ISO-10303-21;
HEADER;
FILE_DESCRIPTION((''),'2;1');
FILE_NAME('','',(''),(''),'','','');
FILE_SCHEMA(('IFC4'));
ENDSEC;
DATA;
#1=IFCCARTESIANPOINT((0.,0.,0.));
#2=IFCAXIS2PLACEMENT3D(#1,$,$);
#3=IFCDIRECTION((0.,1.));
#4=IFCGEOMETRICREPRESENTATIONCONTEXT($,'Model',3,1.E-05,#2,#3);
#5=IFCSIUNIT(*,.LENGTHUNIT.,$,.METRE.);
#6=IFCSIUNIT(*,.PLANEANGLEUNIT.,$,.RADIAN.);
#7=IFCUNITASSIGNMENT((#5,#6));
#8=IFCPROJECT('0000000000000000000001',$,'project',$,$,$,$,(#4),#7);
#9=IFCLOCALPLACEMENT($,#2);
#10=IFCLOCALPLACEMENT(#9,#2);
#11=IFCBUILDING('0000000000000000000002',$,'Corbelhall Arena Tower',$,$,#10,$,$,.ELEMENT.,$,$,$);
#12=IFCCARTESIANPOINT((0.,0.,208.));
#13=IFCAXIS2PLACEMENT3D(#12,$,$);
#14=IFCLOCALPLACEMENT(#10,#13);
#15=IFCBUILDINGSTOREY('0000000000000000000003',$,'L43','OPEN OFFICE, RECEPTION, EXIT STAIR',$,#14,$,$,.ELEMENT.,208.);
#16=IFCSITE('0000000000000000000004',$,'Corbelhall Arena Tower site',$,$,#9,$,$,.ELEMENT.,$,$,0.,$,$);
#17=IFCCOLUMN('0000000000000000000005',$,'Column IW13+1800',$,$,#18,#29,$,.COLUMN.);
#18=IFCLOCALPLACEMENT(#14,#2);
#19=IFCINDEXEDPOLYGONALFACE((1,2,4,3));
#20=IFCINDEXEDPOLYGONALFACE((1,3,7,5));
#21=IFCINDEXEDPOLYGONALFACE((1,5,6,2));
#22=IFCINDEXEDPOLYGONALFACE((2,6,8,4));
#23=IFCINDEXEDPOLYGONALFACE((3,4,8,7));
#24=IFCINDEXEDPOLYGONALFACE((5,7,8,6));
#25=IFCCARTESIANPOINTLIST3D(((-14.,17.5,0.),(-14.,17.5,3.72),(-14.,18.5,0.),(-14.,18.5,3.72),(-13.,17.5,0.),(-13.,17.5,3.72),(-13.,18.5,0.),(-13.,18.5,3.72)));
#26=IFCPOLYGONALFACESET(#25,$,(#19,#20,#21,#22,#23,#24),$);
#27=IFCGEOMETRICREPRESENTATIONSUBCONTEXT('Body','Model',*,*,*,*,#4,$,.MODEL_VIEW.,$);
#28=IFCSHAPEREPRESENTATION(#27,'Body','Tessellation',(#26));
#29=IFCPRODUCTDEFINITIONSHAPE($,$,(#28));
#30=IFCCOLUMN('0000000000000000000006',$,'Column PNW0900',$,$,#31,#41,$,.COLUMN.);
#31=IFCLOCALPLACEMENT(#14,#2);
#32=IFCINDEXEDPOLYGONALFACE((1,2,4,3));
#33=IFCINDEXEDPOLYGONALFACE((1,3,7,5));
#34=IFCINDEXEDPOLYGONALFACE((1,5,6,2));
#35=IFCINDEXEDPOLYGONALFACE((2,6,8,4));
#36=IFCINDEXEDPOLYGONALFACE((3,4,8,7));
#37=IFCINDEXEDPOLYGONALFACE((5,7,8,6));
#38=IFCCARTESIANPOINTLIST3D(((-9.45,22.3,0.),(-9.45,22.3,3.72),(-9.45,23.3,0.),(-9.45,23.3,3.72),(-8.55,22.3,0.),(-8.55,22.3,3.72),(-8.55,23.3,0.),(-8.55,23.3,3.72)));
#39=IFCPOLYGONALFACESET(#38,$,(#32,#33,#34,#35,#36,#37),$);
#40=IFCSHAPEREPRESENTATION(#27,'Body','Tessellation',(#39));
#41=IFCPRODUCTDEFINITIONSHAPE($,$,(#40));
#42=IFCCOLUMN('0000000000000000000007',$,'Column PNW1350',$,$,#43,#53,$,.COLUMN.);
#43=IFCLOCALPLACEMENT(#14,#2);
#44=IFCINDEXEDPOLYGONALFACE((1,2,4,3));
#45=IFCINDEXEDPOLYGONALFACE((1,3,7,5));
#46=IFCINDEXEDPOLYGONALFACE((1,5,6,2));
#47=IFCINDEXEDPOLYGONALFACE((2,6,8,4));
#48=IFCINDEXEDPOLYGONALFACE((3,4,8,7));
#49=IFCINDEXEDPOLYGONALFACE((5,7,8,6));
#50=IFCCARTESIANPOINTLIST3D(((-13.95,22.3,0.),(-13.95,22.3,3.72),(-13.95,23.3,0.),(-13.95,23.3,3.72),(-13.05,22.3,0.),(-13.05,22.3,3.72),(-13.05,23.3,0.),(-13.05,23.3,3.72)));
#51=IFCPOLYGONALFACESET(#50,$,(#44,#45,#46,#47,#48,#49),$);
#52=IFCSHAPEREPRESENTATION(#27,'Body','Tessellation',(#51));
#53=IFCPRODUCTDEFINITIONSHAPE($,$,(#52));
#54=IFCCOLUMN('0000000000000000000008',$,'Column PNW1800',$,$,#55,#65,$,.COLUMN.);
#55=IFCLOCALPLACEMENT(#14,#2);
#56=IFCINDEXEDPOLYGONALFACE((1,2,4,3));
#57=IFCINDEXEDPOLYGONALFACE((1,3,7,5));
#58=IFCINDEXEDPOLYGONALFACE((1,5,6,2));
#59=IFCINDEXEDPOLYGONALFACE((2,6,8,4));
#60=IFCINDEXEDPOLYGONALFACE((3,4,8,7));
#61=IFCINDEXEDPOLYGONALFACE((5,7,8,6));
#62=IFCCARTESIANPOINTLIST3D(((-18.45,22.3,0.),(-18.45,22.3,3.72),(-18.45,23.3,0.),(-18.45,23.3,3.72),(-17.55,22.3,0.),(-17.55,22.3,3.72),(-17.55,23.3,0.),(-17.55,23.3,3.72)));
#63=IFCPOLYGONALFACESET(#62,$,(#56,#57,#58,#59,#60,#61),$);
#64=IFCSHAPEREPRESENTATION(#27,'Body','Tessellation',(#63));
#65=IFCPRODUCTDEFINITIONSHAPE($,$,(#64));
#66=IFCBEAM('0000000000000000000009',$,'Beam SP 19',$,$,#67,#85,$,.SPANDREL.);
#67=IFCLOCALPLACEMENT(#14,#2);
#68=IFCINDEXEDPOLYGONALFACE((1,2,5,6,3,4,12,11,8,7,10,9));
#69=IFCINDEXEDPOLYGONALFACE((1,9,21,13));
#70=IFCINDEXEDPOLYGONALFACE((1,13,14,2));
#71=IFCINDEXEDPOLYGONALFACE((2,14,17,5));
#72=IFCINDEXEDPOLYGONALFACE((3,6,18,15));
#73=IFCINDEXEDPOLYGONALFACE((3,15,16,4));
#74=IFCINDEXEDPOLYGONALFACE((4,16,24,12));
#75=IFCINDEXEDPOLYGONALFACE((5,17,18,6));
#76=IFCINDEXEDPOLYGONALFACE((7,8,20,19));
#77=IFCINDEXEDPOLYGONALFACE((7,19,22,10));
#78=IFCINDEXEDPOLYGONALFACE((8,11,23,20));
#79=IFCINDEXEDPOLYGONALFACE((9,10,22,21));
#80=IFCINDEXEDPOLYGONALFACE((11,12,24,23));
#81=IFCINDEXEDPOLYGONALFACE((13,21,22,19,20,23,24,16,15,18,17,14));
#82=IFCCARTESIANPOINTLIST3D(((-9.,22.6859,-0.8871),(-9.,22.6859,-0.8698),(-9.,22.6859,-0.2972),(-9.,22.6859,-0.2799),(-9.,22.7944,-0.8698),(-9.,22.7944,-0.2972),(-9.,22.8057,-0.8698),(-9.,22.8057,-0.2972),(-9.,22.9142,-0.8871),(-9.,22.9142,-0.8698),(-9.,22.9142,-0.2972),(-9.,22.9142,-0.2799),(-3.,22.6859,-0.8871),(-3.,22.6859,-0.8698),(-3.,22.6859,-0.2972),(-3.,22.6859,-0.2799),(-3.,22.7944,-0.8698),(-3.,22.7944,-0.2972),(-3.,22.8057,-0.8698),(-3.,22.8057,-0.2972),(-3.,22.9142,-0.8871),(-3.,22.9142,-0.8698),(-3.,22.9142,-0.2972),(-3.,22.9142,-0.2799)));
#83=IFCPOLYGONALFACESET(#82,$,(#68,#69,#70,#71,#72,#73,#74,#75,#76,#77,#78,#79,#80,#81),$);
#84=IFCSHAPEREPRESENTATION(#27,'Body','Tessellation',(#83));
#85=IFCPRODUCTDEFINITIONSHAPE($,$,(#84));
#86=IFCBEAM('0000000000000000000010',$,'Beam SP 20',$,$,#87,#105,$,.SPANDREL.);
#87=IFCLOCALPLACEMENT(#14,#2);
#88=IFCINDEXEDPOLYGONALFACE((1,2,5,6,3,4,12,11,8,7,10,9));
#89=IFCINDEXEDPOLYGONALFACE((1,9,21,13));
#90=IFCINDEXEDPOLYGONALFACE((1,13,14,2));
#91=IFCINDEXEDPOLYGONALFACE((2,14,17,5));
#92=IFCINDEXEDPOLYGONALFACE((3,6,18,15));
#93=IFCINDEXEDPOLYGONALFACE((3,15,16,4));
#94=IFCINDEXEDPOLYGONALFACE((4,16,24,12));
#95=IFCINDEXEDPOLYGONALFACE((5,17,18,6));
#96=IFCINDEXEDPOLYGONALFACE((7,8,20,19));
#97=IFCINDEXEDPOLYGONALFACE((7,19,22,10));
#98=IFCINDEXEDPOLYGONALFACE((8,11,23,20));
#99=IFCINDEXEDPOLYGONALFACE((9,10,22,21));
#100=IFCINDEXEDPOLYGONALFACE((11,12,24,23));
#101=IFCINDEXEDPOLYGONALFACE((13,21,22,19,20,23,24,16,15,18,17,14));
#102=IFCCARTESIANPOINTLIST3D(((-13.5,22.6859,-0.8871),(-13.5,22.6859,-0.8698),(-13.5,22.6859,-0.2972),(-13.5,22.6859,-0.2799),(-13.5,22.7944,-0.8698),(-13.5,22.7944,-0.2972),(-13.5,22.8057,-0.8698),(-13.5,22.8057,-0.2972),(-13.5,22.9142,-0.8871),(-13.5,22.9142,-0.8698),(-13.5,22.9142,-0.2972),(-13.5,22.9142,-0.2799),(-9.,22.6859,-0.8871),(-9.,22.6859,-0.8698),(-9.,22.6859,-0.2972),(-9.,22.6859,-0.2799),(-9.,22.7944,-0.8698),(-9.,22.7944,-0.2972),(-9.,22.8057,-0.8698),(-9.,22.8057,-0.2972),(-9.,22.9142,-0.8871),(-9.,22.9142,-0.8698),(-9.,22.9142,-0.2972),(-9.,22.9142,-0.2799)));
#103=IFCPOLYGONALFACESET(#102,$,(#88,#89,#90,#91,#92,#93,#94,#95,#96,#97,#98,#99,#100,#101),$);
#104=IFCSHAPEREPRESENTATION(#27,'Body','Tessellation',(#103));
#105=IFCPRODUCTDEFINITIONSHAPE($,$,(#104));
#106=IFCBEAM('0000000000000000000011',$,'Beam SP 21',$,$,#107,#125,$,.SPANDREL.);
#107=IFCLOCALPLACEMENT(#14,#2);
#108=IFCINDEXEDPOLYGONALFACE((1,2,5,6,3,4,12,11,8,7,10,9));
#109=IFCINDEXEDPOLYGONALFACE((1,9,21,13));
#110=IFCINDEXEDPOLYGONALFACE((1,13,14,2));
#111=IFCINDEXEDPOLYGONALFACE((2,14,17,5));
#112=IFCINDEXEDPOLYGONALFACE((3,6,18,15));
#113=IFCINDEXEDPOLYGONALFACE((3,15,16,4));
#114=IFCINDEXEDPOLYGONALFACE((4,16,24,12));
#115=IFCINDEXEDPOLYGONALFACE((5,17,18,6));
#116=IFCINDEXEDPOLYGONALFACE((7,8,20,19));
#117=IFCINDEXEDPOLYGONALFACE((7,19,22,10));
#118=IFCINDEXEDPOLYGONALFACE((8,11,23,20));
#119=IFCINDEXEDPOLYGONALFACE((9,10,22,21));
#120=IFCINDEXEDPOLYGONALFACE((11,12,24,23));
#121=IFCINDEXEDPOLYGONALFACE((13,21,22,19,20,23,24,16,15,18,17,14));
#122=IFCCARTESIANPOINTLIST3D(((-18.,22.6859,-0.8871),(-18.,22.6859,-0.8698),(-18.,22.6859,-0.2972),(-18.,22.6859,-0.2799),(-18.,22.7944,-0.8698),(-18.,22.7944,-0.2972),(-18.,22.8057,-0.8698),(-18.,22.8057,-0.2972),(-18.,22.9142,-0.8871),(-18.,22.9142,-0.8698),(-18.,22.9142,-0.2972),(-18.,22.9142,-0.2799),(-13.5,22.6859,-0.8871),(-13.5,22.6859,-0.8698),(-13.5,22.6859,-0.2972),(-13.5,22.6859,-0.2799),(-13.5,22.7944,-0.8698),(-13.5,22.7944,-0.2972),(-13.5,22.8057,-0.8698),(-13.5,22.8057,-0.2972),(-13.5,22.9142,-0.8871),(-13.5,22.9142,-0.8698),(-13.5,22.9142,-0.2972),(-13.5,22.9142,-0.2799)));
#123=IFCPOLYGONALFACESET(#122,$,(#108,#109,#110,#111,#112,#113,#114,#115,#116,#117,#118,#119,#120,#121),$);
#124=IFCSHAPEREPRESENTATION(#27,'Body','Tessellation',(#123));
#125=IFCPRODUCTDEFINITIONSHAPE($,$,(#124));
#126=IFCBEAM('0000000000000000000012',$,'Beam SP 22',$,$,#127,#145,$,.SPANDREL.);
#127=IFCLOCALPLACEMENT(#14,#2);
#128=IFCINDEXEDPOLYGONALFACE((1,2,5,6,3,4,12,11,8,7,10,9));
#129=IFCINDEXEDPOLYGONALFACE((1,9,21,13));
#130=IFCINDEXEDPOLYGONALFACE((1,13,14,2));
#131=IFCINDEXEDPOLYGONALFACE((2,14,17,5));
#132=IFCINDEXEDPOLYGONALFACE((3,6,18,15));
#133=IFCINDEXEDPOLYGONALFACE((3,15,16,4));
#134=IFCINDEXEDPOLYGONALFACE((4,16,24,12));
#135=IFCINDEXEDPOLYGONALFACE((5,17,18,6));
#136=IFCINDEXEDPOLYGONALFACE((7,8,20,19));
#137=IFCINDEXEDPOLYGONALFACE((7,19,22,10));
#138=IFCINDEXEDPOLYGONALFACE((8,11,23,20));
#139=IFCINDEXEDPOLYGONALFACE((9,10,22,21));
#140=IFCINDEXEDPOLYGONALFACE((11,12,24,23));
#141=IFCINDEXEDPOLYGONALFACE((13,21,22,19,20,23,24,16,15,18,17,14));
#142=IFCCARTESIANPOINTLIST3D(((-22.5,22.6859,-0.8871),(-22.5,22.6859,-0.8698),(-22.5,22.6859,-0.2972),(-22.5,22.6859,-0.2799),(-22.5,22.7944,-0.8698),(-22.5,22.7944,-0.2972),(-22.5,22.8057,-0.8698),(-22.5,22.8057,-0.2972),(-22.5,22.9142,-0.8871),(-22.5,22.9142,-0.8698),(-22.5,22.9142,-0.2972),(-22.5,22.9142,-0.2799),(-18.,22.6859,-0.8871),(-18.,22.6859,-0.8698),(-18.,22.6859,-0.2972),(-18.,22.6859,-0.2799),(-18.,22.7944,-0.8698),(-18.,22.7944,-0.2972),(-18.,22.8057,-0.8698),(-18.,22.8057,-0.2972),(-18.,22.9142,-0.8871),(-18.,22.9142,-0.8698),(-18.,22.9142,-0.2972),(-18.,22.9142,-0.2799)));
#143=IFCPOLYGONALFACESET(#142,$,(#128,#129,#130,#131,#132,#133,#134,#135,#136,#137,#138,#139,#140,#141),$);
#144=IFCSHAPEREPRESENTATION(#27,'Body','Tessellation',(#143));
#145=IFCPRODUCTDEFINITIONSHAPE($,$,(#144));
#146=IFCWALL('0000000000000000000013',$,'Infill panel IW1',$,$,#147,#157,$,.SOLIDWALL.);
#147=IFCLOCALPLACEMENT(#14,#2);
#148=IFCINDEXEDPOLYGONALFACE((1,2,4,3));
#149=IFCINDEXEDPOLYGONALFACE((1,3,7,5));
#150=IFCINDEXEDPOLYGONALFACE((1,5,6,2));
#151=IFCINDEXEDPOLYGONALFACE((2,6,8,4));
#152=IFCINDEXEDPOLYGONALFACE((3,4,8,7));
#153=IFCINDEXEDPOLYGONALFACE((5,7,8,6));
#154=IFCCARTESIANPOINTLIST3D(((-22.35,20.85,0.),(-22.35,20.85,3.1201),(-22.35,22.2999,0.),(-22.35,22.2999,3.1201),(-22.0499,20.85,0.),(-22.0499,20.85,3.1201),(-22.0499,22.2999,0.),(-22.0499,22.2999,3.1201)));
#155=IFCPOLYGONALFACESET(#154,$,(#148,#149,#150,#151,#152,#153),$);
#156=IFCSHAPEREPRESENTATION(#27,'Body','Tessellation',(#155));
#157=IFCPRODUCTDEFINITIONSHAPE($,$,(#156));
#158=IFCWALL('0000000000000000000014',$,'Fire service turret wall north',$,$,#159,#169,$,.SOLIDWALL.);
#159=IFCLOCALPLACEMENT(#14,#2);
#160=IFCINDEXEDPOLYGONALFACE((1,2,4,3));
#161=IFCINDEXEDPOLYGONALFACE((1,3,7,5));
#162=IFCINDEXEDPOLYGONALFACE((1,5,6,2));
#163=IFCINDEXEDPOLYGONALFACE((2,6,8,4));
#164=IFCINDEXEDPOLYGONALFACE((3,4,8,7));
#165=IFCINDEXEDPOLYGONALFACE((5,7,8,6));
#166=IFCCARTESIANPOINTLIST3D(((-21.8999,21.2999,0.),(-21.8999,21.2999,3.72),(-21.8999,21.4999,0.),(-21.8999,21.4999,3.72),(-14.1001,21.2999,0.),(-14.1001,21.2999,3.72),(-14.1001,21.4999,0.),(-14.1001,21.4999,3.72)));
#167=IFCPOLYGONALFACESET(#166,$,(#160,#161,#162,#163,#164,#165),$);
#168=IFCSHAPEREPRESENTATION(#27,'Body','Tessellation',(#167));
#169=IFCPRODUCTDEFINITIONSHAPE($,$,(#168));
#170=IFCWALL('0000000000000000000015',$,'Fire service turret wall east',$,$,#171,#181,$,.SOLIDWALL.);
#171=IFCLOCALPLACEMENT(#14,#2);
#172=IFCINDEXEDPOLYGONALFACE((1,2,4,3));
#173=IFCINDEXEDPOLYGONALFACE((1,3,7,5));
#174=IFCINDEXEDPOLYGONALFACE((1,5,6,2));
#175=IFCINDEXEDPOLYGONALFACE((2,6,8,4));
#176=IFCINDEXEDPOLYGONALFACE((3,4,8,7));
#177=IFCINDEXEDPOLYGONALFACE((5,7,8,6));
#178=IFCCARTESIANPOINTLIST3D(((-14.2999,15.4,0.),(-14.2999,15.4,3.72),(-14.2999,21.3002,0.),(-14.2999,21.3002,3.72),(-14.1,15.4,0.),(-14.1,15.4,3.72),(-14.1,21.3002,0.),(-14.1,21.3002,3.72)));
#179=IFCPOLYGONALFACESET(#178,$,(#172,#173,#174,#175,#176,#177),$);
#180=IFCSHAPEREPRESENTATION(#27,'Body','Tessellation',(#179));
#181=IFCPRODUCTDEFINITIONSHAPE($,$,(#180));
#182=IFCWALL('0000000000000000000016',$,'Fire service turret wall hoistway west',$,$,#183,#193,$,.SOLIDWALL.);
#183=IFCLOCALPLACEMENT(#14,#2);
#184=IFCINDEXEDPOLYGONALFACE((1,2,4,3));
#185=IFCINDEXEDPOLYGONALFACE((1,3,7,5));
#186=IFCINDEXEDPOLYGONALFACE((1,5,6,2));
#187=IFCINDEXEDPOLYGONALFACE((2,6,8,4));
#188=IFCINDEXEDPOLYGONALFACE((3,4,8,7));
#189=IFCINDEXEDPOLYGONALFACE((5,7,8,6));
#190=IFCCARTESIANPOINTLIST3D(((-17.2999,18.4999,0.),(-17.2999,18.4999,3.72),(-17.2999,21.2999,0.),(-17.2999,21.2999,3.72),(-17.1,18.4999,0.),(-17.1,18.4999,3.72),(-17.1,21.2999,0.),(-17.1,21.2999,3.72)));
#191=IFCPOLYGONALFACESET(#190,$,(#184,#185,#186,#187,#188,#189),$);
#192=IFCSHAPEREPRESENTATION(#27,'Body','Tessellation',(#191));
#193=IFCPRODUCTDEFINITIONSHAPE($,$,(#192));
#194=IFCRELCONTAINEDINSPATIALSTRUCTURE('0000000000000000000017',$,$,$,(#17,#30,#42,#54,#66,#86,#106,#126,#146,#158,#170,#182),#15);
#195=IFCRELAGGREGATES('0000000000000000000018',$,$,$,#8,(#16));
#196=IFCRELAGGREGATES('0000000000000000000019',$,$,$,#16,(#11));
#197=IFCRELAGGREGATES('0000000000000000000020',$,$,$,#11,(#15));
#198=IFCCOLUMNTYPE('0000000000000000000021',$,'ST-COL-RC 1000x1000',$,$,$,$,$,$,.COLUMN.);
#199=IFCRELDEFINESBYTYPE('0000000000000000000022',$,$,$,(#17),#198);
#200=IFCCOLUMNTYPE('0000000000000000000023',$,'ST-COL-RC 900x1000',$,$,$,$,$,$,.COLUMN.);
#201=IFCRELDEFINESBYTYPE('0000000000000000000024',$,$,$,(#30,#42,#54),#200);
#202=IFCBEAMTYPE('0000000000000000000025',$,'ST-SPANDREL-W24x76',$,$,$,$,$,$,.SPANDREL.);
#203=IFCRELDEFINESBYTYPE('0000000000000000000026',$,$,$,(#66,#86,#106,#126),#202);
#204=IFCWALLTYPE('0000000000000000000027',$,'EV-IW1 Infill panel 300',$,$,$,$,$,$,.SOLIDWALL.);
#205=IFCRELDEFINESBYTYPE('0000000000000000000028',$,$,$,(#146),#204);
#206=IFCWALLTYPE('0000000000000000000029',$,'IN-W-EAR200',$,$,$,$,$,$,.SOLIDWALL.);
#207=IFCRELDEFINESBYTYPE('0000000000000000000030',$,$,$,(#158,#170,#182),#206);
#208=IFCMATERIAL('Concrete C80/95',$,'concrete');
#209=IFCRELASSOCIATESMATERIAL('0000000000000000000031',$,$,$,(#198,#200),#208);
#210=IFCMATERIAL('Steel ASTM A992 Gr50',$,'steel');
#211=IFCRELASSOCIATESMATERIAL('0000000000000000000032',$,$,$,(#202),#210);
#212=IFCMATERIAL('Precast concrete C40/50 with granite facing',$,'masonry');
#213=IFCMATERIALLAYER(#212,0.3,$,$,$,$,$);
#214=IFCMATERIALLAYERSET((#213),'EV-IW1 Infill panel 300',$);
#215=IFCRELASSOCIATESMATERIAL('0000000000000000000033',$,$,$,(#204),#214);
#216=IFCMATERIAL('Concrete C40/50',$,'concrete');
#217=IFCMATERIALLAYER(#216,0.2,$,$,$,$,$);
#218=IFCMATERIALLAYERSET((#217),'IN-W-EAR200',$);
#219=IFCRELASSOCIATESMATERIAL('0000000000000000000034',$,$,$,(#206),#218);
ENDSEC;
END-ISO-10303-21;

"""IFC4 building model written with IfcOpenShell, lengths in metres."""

from ifc_helpers import new_model, si_unit, direction, frame, frame_2d, origin, origin_2d, place, context, subcontext, project, spatial, rectangle, i_section, extrude, material, layer, layer_set, material_profile, profile_set, type_object, element, save


model = new_model("IFC4")

# Units and contexts
model_context = context("Model", 3, precision=1e-05, world=origin(), true_north=direction((0.0, 1.0)))
body_context = subcontext(model_context, "Body", "Model", "MODEL_VIEW")
ifc_project = project(units=[si_unit("LENGTHUNIT", "METRE"), si_unit("PLANEANGLEUNIT", "RADIAN")], contexts=[model_context])

# Site, building, storey
site_placement = place(None, origin())
site = spatial("IfcSite", under=ifc_project, at=site_placement, Name="Corbelhall Arena Tower site", CompositionType="ELEMENT", RefElevation=0.0)
building_placement = place(site_placement, origin())
building = spatial("IfcBuilding", under=site, at=building_placement, Name="Corbelhall Arena Tower", CompositionType="ELEMENT")
storey_placement = place(building_placement, frame((0.0, 0.0, 208.0)))
storey = spatial("IfcBuildingStorey", under=building, at=storey_placement, Name="L43", Description="OPEN OFFICE, RECEPTION, EXIT STAIR", CompositionType="ELEMENT", Elevation=208.0)

# Columns
ifc_material_1 = material(Name="Concrete C80/95", Category="concrete")
ifc_material_profile_1 = material_profile(ifc_material_1, rectangle(XDim=1.0, YDim=1.0, at=origin_2d()))
ifc_profile_set_1 = profile_set([ifc_material_profile_1], Name="Concrete C80/95")
column_type_1 = type_object("IfcColumnType", Name="ST-COL-RC 1000x1000", PredefinedType="COLUMN", material=ifc_profile_set_1)
column_placement = place(storey_placement, frame((-13.5, 18.0, 0.0), z_axis=(0.0, 0.0, 1.0), x_axis=(1.0, 0.0, 0.0)))
element("IfcColumn", 1, at=column_placement, inside=storey, type_object=column_type_1, Name="Column IW13+1800", PredefinedType="COLUMN", context=body_context, shape_type="SweptSolid", body=[
    extrude(rectangle(XDim=1.0, YDim=1.0, at=origin_2d()), origin(), (0.0, 0.0, 1.0), 3.72),
])
ifc_material_profile_2 = material_profile(ifc_material_1, rectangle(XDim=0.8999, YDim=1.0, at=origin_2d()))
ifc_profile_set_2 = profile_set([ifc_material_profile_2], Name="Concrete C80/95")
column_type_2 = type_object("IfcColumnType", Name="ST-COL-RC 900x1000", PredefinedType="COLUMN", material=ifc_profile_set_2)
for number, where, z_axis, x_axis, name in (
    (2, (-9.0, 22.8, 0.0), (0.0, 0.0, 1.0), (1.0, 0.0, 0.0), "Column PNW0900"),
    (3, (-13.5, 22.8, 0.0), (0.0, 0.0, 1.0), (1.0, 0.0, 0.0), "Column PNW1350"),
    (4, (-18.0, 22.8, 0.0), (0.0, 0.0, 1.0), (1.0, 0.0, 0.0), "Column PNW1800"),
):
    element("IfcColumn", number, at=place(storey_placement, frame(where, z_axis=z_axis, x_axis=x_axis)), inside=storey, type_object=column_type_2, Name=name, PredefinedType="COLUMN", context=body_context, shape_type="SweptSolid", body=[
        extrude(rectangle(XDim=0.8999, YDim=1.0, at=origin_2d()), origin(), (0.0, 0.0, 1.0), 3.72),
    ])

# Beams
ifc_material_2 = material(Name="Steel ASTM A992 Gr50", Category="steel")
ifc_material_profile_3 = material_profile(ifc_material_2, i_section(OverallWidth=0.2283, OverallDepth=0.6072, WebThickness=0.0112, FlangeThickness=0.0173, at=origin_2d()))
ifc_profile_set_3 = profile_set([ifc_material_profile_3], Name="Steel ASTM A992 Gr50")
beam_type = type_object("IfcBeamType", Name="ST-SPANDREL-W24x76", PredefinedType="SPANDREL", material=ifc_profile_set_3)
beam_placement = place(storey_placement, frame((-9.0, 22.8, -0.5835), z_axis=(1.0, 0.0, 0.0), x_axis=(0.0, 1.0, 0.0)))
element("IfcBeam", 5, at=beam_placement, inside=storey, type_object=beam_type, Name="Beam SP 19", PredefinedType="SPANDREL", context=body_context, shape_type="SweptSolid", body=[
    extrude(i_section(OverallWidth=0.2283, OverallDepth=0.6072, WebThickness=0.0112, FlangeThickness=0.0173, at=origin_2d()), origin(), (0.0, 0.0, 1.0), 6.0),
])
for number, where, z_axis, x_axis, name in (
    (6, (-13.5, 22.8, -0.5835), (1.0, 0.0, 0.0), (0.0, 1.0, 0.0), "Beam SP 20"),
    (7, (-18.0, 22.8, -0.5835), (1.0, 0.0, 0.0), (0.0, 1.0, 0.0), "Beam SP 21"),
    (8, (-22.5, 22.8, -0.5835), (1.0, 0.0, 0.0), (0.0, 1.0, 0.0), "Beam SP 22"),
):
    element("IfcBeam", number, at=place(storey_placement, frame(where, z_axis=z_axis, x_axis=x_axis)), inside=storey, type_object=beam_type, Name=name, PredefinedType="SPANDREL", context=body_context, shape_type="SweptSolid", body=[
        extrude(i_section(OverallWidth=0.2283, OverallDepth=0.6072, WebThickness=0.0112, FlangeThickness=0.0173, at=origin_2d()), origin(), (0.0, 0.0, 1.0), 4.5),
    ])

# Shared definitions
ifc_material_3 = material(Name="Precast concrete C40/50 with granite facing", Category="masonry")
ifc_layer_1 = layer(ifc_material_3, 0.3)
ifc_layer_set_1 = layer_set([ifc_layer_1], Name="EV-IW1 Infill panel 300")
wall_type_1 = type_object("IfcWallType", Name="EV-IW1 Infill panel 300", PredefinedType="SOLIDWALL", material=ifc_layer_set_1)

# Walls
wall_1_placement = place(storey_placement, frame((-22.2, 22.3, 0.0), z_axis=(0.0, 0.0, 1.0), x_axis=(0.0, -1.0, 0.0)))
element("IfcWall", 9, at=wall_1_placement, inside=storey, type_object=wall_type_1, Name="Infill panel IW1", PredefinedType="SOLIDWALL", context=body_context, shape_type="SweptSolid", body=[
    extrude(rectangle(XDim=1.45, YDim=0.3, at=frame_2d((0.7251, 0.0))), origin(), (0.0, 0.0, 1.0), 3.1201),
])
ifc_material_4 = material(Name="Concrete C40/50", Category="concrete")
ifc_layer_2 = layer(ifc_material_4, 0.2)
ifc_layer_set_2 = layer_set([ifc_layer_2], Name="IN-W-EAR200")
wall_type_2 = type_object("IfcWallType", Name="IN-W-EAR200", PredefinedType="SOLIDWALL", material=ifc_layer_set_2)
wall_2_placement = place(storey_placement, frame((-21.8999, 21.3999, 0.0), z_axis=(0.0, 0.0, 1.0), x_axis=(1.0, 0.0, 0.0)))
element("IfcWall", 10, at=wall_2_placement, inside=storey, type_object=wall_type_2, Name="Fire service turret wall north", PredefinedType="SOLIDWALL", context=body_context, shape_type="SweptSolid", body=[
    extrude(rectangle(XDim=7.7998, YDim=0.2, at=frame_2d((3.8999, 0.0))), origin(), (0.0, 0.0, 1.0), 3.72),
])
wall_3_placement = place(storey_placement, frame((-14.2, 15.3999, 0.0), z_axis=(0.0, 0.0, 1.0), x_axis=(0.0, 1.0, 0.0)))
element("IfcWall", 11, at=wall_3_placement, inside=storey, type_object=wall_type_2, Name="Fire service turret wall east", PredefinedType="SOLIDWALL", context=body_context, shape_type="SweptSolid", body=[
    extrude(rectangle(XDim=5.9001, YDim=0.2, at=frame_2d((2.9502, 0.0))), origin(), (0.0, 0.0, 1.0), 3.72),
])

# Wall
wall_4_placement = place(storey_placement, frame((-17.2, 18.5, 0.0), z_axis=(0.0, 0.0, 1.0), x_axis=(0.0, 1.0, 0.0)))
element("IfcWall", 12, at=wall_4_placement, inside=storey, type_object=wall_type_2, Name="Fire service turret wall hoistway west", PredefinedType="SOLIDWALL", context=body_context, shape_type="SweptSolid", body=[
    extrude(rectangle(XDim=2.8, YDim=0.2, at=frame_2d((1.3999, 0.0))), origin(), (0.0, 0.0, 1.0), 3.72),
])

save(model, "model.ifc")
